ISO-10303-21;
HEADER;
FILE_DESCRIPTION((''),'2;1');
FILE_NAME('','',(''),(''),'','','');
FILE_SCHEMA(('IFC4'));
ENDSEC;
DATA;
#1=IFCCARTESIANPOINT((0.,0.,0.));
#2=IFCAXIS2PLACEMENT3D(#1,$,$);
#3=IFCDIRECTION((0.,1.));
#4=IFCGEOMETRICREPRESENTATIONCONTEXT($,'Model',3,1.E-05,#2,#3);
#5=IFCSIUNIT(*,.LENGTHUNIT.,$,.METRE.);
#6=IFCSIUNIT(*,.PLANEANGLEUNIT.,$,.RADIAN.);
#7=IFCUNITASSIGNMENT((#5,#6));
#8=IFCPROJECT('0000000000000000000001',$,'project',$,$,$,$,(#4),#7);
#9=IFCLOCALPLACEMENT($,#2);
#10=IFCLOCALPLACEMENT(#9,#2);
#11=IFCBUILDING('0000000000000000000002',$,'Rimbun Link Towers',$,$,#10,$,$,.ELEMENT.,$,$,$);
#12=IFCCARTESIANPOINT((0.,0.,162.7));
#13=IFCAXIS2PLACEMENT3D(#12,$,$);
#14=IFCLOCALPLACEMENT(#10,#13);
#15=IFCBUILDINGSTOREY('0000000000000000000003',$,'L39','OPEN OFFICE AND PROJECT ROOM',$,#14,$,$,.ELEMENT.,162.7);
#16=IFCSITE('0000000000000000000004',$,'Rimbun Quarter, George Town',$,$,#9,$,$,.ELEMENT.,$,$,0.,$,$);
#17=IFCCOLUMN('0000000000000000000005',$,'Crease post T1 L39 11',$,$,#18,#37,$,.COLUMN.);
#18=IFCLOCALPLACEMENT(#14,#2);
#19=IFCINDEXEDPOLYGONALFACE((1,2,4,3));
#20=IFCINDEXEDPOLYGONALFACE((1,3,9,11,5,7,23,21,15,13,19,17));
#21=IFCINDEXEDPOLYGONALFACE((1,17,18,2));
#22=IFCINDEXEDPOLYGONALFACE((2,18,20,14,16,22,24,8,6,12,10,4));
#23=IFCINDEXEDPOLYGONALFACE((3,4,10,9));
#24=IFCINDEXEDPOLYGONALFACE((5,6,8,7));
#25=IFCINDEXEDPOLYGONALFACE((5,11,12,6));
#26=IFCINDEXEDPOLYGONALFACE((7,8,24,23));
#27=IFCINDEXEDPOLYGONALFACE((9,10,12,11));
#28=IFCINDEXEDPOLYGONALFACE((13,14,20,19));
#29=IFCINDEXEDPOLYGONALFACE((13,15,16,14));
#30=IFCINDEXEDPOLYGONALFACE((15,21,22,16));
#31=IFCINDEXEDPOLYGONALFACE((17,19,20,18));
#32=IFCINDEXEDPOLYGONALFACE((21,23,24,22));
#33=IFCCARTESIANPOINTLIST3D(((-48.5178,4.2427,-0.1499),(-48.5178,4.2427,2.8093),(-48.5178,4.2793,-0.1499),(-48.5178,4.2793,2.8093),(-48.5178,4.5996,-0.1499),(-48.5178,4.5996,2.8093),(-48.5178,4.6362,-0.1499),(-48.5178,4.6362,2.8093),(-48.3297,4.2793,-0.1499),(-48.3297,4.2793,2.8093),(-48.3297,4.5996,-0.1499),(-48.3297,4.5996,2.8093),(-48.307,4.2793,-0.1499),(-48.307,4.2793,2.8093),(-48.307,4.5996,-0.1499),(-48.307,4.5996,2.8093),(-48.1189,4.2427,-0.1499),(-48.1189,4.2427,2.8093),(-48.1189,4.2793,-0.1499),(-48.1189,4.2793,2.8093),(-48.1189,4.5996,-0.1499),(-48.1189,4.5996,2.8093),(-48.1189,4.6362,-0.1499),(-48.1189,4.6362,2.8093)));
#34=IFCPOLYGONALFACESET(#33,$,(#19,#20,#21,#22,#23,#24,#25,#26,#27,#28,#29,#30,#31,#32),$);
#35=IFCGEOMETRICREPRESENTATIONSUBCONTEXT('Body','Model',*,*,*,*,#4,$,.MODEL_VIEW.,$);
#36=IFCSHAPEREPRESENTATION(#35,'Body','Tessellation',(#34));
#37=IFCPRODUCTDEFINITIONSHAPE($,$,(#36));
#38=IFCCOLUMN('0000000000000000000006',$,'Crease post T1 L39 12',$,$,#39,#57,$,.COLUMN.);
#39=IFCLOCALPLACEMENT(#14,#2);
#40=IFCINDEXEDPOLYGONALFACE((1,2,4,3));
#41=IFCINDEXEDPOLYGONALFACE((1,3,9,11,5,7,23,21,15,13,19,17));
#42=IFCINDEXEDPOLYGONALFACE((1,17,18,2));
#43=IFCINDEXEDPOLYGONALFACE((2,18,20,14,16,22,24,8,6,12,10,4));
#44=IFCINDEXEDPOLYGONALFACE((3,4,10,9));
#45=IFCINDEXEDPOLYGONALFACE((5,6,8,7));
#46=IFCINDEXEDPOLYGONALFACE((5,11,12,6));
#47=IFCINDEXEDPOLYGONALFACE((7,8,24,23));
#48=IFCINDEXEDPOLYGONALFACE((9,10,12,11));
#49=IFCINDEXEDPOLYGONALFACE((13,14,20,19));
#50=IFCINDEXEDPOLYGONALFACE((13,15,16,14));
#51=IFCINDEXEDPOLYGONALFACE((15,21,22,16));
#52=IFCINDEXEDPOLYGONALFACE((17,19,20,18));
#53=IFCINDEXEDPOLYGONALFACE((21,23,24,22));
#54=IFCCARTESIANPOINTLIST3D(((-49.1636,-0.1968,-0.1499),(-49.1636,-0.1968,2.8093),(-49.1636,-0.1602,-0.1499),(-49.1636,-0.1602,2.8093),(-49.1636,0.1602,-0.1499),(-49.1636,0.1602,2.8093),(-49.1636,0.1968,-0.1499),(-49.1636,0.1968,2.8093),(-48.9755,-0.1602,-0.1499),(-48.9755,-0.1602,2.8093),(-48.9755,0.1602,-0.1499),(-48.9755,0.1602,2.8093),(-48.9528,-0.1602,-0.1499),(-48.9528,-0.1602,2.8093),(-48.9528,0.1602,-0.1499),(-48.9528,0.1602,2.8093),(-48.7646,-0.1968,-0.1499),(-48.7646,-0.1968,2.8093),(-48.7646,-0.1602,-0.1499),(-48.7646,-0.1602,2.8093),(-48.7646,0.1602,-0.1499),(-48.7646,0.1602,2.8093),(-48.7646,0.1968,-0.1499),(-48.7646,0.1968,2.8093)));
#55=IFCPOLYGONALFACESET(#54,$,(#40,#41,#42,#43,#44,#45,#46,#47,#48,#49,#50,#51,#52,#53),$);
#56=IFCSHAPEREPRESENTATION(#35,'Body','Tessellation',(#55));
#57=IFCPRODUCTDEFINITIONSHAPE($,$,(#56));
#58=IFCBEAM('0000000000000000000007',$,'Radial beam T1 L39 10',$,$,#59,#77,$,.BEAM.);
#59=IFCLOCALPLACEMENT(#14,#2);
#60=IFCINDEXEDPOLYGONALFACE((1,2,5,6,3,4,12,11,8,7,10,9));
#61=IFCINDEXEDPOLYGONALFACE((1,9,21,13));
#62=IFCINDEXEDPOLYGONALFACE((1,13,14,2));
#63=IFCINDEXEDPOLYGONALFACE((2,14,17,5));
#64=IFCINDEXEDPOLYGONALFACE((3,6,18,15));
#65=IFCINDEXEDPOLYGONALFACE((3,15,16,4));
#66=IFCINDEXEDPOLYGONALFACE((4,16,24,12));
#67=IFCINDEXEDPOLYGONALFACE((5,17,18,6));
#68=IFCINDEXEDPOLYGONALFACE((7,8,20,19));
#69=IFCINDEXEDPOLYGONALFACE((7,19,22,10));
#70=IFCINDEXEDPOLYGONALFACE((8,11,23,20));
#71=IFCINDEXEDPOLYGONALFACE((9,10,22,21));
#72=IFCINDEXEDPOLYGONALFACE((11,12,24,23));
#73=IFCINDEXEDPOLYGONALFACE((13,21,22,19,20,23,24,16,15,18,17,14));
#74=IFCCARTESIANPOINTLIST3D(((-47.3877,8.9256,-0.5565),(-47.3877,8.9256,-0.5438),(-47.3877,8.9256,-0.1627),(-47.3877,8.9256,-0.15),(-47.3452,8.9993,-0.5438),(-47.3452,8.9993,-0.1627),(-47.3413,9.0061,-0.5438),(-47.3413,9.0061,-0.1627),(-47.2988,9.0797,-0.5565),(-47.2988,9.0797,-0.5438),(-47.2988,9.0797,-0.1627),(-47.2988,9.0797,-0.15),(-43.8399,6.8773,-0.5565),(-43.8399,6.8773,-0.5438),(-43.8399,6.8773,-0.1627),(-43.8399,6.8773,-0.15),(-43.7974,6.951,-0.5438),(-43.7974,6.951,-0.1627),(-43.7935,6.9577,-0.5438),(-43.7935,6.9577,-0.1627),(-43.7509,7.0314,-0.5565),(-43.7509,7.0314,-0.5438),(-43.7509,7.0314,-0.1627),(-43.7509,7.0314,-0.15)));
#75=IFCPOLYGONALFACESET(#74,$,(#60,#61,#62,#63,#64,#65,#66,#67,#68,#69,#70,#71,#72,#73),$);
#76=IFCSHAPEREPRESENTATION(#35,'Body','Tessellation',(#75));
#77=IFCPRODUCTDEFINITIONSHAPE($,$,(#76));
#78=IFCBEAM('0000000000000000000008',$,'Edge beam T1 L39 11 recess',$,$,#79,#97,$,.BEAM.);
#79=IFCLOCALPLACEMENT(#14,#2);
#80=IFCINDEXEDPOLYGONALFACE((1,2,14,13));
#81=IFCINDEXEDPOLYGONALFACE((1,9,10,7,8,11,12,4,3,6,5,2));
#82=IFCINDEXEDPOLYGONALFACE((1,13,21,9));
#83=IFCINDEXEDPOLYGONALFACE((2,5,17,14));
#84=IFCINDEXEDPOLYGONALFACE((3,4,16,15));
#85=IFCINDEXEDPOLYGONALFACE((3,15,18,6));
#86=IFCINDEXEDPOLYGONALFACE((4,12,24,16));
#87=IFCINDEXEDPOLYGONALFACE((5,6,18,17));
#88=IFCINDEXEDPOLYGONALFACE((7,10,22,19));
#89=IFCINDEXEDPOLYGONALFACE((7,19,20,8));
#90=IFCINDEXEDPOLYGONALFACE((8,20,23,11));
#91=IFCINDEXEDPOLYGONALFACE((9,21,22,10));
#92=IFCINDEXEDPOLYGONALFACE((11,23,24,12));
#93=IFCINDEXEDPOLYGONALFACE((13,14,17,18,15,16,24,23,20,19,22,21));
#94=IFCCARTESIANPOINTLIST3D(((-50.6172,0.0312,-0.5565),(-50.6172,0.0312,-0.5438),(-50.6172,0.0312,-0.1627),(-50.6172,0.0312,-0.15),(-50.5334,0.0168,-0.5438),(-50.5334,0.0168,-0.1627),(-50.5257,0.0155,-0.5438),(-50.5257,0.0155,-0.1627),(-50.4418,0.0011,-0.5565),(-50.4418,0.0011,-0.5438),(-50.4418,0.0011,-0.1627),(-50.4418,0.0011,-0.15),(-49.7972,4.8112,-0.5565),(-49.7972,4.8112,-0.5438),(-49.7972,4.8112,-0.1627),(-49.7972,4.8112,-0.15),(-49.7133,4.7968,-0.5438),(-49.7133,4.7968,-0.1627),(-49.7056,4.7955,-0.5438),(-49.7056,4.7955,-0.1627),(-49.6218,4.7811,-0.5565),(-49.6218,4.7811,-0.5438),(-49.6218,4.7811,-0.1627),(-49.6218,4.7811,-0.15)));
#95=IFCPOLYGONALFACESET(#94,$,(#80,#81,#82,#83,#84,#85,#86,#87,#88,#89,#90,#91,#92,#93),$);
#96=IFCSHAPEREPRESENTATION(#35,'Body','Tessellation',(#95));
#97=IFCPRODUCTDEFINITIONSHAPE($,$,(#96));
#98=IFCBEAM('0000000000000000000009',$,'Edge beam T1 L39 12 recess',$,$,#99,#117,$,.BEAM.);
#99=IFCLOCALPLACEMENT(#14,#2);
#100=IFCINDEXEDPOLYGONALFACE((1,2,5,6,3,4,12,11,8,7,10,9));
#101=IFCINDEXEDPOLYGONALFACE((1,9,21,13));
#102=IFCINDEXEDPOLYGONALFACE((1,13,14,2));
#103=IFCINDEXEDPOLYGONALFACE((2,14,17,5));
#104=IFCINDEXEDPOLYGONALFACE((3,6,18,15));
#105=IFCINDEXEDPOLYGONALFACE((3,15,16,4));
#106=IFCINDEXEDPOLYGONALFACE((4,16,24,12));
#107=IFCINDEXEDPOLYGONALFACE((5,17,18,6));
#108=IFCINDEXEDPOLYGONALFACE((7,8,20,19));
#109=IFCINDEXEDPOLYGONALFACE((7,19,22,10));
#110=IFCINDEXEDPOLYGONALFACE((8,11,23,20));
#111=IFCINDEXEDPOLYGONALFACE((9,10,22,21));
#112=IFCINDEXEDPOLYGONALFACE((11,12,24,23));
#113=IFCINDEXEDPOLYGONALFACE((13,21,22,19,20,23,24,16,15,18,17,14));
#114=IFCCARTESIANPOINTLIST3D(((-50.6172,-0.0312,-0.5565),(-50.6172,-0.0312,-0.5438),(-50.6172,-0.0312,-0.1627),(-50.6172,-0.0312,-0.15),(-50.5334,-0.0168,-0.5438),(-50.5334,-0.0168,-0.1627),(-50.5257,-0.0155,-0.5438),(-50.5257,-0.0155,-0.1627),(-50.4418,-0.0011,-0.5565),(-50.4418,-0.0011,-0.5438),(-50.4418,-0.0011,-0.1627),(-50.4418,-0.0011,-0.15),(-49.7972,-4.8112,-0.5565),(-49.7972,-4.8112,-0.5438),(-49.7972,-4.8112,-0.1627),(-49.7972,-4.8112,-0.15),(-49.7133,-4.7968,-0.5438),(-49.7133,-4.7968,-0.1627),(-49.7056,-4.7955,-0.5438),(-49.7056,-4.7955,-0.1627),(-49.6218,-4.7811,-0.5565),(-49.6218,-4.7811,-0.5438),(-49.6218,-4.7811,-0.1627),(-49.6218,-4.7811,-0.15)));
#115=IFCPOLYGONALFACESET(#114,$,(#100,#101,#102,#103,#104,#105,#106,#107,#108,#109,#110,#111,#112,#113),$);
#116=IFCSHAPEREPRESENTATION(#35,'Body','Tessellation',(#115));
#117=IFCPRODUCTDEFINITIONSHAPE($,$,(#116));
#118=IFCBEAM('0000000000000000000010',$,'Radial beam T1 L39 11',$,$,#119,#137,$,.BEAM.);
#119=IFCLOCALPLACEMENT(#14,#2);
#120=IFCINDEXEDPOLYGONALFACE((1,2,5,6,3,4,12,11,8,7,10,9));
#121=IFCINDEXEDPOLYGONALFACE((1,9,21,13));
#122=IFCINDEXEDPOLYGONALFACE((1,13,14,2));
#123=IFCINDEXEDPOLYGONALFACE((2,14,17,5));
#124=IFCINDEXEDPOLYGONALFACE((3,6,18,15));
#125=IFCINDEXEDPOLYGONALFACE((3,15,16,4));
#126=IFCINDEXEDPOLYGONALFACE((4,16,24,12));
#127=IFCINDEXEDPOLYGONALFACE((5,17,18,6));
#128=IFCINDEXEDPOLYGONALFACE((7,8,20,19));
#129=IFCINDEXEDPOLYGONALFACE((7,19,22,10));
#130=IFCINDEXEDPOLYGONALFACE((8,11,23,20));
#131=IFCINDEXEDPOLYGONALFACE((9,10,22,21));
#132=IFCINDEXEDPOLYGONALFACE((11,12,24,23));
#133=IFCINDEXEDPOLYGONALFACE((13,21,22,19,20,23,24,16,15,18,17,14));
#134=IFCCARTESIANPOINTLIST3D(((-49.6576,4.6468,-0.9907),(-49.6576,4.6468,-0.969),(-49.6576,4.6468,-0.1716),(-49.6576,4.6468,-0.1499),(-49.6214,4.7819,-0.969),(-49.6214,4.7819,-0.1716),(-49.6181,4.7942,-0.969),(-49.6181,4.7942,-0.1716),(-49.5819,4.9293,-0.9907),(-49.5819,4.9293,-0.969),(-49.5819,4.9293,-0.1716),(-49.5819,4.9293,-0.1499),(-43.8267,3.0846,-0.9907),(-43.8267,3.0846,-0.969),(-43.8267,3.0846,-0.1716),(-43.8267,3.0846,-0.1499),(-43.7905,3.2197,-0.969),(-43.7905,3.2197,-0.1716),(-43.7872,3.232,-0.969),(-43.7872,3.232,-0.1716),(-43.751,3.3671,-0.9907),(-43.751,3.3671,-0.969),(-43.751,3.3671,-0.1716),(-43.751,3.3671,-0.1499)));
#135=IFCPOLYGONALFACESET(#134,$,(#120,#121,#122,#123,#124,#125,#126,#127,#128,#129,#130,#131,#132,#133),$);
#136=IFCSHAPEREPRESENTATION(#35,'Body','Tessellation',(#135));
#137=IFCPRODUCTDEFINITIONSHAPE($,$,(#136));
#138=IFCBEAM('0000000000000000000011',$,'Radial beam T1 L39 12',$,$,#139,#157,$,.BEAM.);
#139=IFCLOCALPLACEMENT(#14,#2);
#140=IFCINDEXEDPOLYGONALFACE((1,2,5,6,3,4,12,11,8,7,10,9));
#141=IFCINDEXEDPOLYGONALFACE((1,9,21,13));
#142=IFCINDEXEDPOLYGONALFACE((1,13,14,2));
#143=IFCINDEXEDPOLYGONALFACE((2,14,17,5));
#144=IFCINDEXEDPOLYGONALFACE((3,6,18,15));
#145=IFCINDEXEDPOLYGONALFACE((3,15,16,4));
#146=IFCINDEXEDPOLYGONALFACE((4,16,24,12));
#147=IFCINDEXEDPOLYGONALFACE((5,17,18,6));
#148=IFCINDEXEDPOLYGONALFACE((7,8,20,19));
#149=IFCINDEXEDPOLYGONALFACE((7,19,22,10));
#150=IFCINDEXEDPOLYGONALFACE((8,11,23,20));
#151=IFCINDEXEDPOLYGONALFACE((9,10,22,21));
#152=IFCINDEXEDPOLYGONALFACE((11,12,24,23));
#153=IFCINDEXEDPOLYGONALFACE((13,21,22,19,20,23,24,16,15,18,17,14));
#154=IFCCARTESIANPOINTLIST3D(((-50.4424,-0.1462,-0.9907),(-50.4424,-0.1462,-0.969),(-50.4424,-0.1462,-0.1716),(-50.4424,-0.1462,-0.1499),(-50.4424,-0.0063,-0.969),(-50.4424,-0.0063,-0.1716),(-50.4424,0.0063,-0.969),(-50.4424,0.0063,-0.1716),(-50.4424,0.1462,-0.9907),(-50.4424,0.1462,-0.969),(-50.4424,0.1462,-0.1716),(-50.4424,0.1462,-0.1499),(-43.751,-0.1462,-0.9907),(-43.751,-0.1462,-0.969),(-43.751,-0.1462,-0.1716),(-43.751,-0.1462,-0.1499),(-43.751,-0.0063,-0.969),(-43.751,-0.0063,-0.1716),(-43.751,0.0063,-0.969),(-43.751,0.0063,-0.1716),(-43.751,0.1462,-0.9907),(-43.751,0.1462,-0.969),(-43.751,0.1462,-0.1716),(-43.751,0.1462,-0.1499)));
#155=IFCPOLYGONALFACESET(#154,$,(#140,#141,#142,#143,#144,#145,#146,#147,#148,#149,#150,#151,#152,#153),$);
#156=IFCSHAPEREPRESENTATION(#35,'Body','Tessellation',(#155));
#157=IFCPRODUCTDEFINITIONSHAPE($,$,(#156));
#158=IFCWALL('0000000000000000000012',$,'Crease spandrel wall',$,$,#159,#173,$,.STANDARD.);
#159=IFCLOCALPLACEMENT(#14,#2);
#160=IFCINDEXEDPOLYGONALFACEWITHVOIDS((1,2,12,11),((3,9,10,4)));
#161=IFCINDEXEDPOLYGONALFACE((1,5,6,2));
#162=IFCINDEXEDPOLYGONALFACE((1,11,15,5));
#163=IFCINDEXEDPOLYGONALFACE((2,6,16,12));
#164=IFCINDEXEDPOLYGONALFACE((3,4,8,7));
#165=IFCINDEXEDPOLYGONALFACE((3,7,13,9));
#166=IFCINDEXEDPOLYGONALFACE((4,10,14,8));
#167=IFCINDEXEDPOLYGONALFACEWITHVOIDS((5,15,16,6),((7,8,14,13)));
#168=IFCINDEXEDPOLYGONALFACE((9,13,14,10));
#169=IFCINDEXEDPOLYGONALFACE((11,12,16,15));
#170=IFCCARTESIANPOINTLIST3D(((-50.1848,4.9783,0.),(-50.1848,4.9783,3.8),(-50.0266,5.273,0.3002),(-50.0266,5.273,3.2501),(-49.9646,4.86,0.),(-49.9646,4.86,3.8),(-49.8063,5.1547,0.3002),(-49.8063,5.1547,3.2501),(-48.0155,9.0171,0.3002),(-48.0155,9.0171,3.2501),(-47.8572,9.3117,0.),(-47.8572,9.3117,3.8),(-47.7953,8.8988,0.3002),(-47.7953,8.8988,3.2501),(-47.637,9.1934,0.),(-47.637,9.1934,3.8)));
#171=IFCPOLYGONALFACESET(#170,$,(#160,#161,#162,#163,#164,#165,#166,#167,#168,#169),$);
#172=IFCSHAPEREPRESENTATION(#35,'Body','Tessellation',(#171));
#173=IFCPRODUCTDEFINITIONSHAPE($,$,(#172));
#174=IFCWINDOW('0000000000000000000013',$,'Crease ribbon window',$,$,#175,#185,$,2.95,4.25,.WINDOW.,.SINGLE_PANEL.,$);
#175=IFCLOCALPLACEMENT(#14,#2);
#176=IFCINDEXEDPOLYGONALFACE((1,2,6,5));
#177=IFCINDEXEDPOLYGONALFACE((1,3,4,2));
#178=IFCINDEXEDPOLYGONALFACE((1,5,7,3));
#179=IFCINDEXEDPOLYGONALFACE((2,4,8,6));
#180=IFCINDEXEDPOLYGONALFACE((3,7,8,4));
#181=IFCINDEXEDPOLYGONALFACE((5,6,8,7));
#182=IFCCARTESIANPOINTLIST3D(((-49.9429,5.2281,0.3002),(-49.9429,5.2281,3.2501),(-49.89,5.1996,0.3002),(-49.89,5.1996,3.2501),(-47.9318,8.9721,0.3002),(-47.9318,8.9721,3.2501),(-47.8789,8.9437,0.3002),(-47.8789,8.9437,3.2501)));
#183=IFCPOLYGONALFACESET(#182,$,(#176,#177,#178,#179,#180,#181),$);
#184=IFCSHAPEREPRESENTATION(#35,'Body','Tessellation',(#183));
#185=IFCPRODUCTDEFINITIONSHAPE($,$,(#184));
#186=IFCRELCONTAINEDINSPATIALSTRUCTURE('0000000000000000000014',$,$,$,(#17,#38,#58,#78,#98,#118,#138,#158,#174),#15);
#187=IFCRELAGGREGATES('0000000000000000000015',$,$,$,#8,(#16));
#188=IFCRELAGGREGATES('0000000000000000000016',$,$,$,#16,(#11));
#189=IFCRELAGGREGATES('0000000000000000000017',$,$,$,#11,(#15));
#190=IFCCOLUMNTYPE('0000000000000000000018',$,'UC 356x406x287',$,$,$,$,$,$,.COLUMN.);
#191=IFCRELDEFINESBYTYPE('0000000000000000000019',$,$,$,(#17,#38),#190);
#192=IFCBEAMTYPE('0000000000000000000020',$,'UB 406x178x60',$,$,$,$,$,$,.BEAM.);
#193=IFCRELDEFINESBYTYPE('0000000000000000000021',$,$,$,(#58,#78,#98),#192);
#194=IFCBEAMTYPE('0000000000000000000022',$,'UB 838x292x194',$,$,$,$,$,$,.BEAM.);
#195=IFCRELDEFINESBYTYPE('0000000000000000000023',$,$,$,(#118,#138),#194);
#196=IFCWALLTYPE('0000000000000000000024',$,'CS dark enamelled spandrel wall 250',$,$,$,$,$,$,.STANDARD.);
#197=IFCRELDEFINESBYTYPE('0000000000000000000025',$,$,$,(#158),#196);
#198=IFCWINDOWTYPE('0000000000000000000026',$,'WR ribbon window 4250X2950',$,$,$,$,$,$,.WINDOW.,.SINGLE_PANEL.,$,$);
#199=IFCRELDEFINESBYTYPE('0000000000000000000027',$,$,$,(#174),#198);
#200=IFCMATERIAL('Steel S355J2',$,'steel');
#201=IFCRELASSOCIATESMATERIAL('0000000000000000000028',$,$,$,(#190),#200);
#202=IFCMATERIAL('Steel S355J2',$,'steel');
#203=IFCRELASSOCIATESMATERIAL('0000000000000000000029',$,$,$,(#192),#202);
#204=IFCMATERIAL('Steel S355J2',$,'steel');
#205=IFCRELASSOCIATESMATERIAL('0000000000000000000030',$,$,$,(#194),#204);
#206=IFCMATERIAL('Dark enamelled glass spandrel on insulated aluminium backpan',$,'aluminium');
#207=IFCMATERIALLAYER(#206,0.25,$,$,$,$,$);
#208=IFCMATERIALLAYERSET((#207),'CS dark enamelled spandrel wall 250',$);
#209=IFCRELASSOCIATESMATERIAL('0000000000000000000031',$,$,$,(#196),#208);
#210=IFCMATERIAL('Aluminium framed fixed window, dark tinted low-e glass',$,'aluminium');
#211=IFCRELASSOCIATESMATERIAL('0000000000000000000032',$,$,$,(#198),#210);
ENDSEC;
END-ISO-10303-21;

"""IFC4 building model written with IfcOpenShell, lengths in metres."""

from ifc_helpers import new_model, si_unit, direction, frame, frame_2d, origin, origin_2d, place, context, subcontext, project, spatial, rectangle, i_section, extrude, material, layer, layer_set, material_profile, profile_set, type_object, element, fill, save


model = new_model("IFC4")

# Units and contexts
model_context = context("Model", 3, precision=1e-05, world=origin(), true_north=direction((0.0, 1.0)))
body_context = subcontext(model_context, "Body", "Model", "MODEL_VIEW")
ifc_project = project(units=[si_unit("LENGTHUNIT", "METRE"), si_unit("PLANEANGLEUNIT", "RADIAN")], contexts=[model_context])

# Site, building, storey
site_placement = place(None, origin())
site = spatial("IfcSite", under=ifc_project, at=site_placement, Name="Rimbun Quarter, George Town", CompositionType="ELEMENT", RefElevation=0.0)
building_placement = place(site_placement, origin())
building = spatial("IfcBuilding", under=site, at=building_placement, Name="Rimbun Link Towers", CompositionType="ELEMENT")
storey_placement = place(building_placement, frame((0.0, 0.0, 162.7)))
storey = spatial("IfcBuildingStorey", under=building, at=storey_placement, Name="L39", Description="OPEN OFFICE AND PROJECT ROOM", CompositionType="ELEMENT", Elevation=162.7)

# Columns
ifc_material_1 = material(Name="Steel S355J2", Category="steel")
ifc_material_profile_1 = material_profile(ifc_material_1, i_section(OverallWidth=0.3989, OverallDepth=0.3936, WebThickness=0.0227, FlangeThickness=0.0366, at=origin_2d()), Name="UC 356x406x287")
ifc_profile_set_1 = profile_set([ifc_material_profile_1], Name="Steel S355J2")
column_type = type_object("IfcColumnType", Name="UC 356x406x287", PredefinedType="COLUMN", material=ifc_profile_set_1)
for number, where, z_axis, x_axis, name in (
    (1, (-48.3184, 4.4395, -0.1499), (0.0, 0.0, 1.0), (1.0, 0.0, 0.0), "Crease post T1 L39 11"),
    (2, (-48.9641, 0.0, -0.1499), (0.0, 0.0, 1.0), (1.0, 0.0, 0.0), "Crease post T1 L39 12"),
):
    element("IfcColumn", number, at=place(storey_placement, frame(where, z_axis=z_axis, x_axis=x_axis)), inside=storey, type_object=column_type, Name=name, PredefinedType="COLUMN", context=body_context, shape_type="SweptSolid", body=[
        extrude(i_section(OverallWidth=0.3989, OverallDepth=0.3936, WebThickness=0.0227, FlangeThickness=0.0366, at=origin_2d()), origin(), (0.0, 0.0, 1.0), 2.9592),
    ])

# Beams
ifc_material_2 = material(Name="Steel S355J2", Category="steel")
ifc_material_profile_2 = material_profile(ifc_material_2, i_section(OverallWidth=0.178, OverallDepth=0.4065, WebThickness=0.0078, FlangeThickness=0.0127, at=origin_2d()), Name="UB 406x178x60")
ifc_profile_set_2 = profile_set([ifc_material_profile_2], Name="Steel S355J2")
beam_type_1 = type_object("IfcBeamType", Name="UB 406x178x60", PredefinedType="BEAM", material=ifc_profile_set_2)
beam_1_placement = place(storey_placement, frame((-43.7954, 6.9543, -0.3533), z_axis=(-0.866027, 0.499998, 0.0), x_axis=(-0.499998, -0.866027, 0.0)))
element("IfcBeam", 3, at=beam_1_placement, inside=storey, type_object=beam_type_1, Name="Radial beam T1 L39 10", PredefinedType="BEAM", context=body_context, shape_type="SweptSolid", body=[
    extrude(i_section(OverallWidth=0.178, OverallDepth=0.4065, WebThickness=0.0078, FlangeThickness=0.0127, at=origin_2d()), origin(), (0.0, 0.0, 1.0), 4.0967),
])
for number, where, z_axis, x_axis, name in (
    (4, (-49.7095, 4.7961, -0.3533), (-0.169091, -0.9856, 0.0), (0.9856, -0.169091, 0.0), "Edge beam T1 L39 11 recess"),
    (5, (-50.5295, -0.0161, -0.3533), (0.169091, -0.9856, 0.0), (0.9856, 0.169091, 0.0), "Edge beam T1 L39 12 recess"),
):
    element("IfcBeam", number, at=place(storey_placement, frame(where, z_axis=z_axis, x_axis=x_axis)), inside=storey, type_object=beam_type_1, Name=name, PredefinedType="BEAM", context=body_context, shape_type="SweptSolid", body=[
        extrude(i_section(OverallWidth=0.178, OverallDepth=0.4065, WebThickness=0.0078, FlangeThickness=0.0127, at=origin_2d()), origin(), (0.0, 0.0, 1.0), 4.8499),
    ])
ifc_material_3 = material(Name="Steel S355J2", Category="steel")
ifc_material_profile_3 = material_profile(ifc_material_3, i_section(OverallWidth=0.2925, OverallDepth=0.8408, WebThickness=0.0127, FlangeThickness=0.0217, at=origin_2d()), Name="UB 838x292x194")
ifc_profile_set_3 = profile_set([ifc_material_profile_3], Name="Steel S355J2")
beam_type_2 = type_object("IfcBeamType", Name="UB 838x292x194", PredefinedType="BEAM", material=ifc_profile_set_3)
beam_2_placement = place(storey_placement, frame((-43.7888, 3.2258, -0.5703), z_axis=(-0.965933, 0.258793, 0.0), x_axis=(-0.258793, -0.965933, 0.0)))
element("IfcBeam", 6, at=beam_2_placement, inside=storey, type_object=beam_type_2, Name="Radial beam T1 L39 11", PredefinedType="BEAM", context=body_context, shape_type="SweptSolid", body=[
    extrude(i_section(OverallWidth=0.2925, OverallDepth=0.8408, WebThickness=0.0127, FlangeThickness=0.0217, at=origin_2d()), origin(), (0.0, 0.0, 1.0), 6.0366),
])
beam_3_placement = place(storey_placement, frame((-43.751, 0.0, -0.5703), z_axis=(-1.0, 0.0, 0.0), x_axis=(0.0, -1.0, 0.0)))
element("IfcBeam", 7, at=beam_3_placement, inside=storey, type_object=beam_type_2, Name="Radial beam T1 L39 12", PredefinedType="BEAM", context=body_context, shape_type="SweptSolid", body=[
    extrude(i_section(OverallWidth=0.2925, OverallDepth=0.8408, WebThickness=0.0127, FlangeThickness=0.0217, at=origin_2d()), origin(), (0.0, 0.0, 1.0), 6.6914),
])

# Wall, opening, window
ifc_material_4 = material(Name="Dark enamelled glass spandrel on insulated aluminium backpan", Category="aluminium")
ifc_layer_1 = layer(ifc_material_4, 0.25)
ifc_layer_set_1 = layer_set([ifc_layer_1], Name="CS dark enamelled spandrel wall 250")
wall_type_1 = type_object("IfcWallType", Name="CS dark enamelled spandrel wall 250", PredefinedType="STANDARD", material=ifc_layer_set_1)
wall_1_placement = place(storey_placement, frame((-50.0747, 4.9192, 0.0), z_axis=(0.0, 0.0, 1.0), x_axis=(0.473188, 0.880961, 0.0)))
wall_1 = element("IfcWall", 8, at=wall_1_placement, inside=storey, type_object=wall_type_1, Name="Crease spandrel wall", PredefinedType="STANDARD", context=body_context, shape_type="SweptSolid", body=[
    extrude(rectangle(XDim=4.9189, YDim=0.25, at=frame_2d((2.4595, 0.0))), origin(), (0.0, 0.0, 1.0), 3.8),
])
opening_1_placement = place(wall_1_placement, frame((0.3345, 0.0, 0.3)))
opening_1 = element("IfcOpeningElement", 9, at=opening_1_placement, cuts=wall_1, PredefinedType="OPENING", context=body_context, shape_type="SweptSolid", body=[
    extrude(rectangle(XDim=4.25, YDim=2.95, at=frame_2d((2.125, 1.4751))), frame((0.0, 0.135, 0.0), z_axis=(0.0, -1.0, 0.0), x_axis=(1.0, 0.0, 0.0)), (0.0, 0.0, 1.0), 0.27),
])
ifc_material_5 = material(Name="Aluminium framed fixed window, dark tinted low-e glass", Category="aluminium")
window_type = type_object("IfcWindowType", Name="WR ribbon window 4250X2950", PartitioningType="SINGLE_PANEL", PredefinedType="WINDOW", material=ifc_material_5)
window_1_placement = place(opening_1_placement, origin())
window_1 = element("IfcWindow", 10, at=window_1_placement, inside=storey, type_object=window_type, Name="Crease ribbon window", OverallHeight=2.95, OverallWidth=4.25, PartitioningType="SINGLE_PANEL", PredefinedType="WINDOW", context=body_context, shape_type="SweptSolid", body=[
    extrude(rectangle(XDim=4.25, YDim=2.95, at=frame_2d((2.125, 1.4751))), frame((0.0, 0.03, 0.0), z_axis=(0.0, -1.0, 0.0), x_axis=(1.0, 0.0, 0.0)), (0.0, 0.0, 1.0), 0.0601),
])
fill(opening_1, window_1)

save(model, "model.ifc")
